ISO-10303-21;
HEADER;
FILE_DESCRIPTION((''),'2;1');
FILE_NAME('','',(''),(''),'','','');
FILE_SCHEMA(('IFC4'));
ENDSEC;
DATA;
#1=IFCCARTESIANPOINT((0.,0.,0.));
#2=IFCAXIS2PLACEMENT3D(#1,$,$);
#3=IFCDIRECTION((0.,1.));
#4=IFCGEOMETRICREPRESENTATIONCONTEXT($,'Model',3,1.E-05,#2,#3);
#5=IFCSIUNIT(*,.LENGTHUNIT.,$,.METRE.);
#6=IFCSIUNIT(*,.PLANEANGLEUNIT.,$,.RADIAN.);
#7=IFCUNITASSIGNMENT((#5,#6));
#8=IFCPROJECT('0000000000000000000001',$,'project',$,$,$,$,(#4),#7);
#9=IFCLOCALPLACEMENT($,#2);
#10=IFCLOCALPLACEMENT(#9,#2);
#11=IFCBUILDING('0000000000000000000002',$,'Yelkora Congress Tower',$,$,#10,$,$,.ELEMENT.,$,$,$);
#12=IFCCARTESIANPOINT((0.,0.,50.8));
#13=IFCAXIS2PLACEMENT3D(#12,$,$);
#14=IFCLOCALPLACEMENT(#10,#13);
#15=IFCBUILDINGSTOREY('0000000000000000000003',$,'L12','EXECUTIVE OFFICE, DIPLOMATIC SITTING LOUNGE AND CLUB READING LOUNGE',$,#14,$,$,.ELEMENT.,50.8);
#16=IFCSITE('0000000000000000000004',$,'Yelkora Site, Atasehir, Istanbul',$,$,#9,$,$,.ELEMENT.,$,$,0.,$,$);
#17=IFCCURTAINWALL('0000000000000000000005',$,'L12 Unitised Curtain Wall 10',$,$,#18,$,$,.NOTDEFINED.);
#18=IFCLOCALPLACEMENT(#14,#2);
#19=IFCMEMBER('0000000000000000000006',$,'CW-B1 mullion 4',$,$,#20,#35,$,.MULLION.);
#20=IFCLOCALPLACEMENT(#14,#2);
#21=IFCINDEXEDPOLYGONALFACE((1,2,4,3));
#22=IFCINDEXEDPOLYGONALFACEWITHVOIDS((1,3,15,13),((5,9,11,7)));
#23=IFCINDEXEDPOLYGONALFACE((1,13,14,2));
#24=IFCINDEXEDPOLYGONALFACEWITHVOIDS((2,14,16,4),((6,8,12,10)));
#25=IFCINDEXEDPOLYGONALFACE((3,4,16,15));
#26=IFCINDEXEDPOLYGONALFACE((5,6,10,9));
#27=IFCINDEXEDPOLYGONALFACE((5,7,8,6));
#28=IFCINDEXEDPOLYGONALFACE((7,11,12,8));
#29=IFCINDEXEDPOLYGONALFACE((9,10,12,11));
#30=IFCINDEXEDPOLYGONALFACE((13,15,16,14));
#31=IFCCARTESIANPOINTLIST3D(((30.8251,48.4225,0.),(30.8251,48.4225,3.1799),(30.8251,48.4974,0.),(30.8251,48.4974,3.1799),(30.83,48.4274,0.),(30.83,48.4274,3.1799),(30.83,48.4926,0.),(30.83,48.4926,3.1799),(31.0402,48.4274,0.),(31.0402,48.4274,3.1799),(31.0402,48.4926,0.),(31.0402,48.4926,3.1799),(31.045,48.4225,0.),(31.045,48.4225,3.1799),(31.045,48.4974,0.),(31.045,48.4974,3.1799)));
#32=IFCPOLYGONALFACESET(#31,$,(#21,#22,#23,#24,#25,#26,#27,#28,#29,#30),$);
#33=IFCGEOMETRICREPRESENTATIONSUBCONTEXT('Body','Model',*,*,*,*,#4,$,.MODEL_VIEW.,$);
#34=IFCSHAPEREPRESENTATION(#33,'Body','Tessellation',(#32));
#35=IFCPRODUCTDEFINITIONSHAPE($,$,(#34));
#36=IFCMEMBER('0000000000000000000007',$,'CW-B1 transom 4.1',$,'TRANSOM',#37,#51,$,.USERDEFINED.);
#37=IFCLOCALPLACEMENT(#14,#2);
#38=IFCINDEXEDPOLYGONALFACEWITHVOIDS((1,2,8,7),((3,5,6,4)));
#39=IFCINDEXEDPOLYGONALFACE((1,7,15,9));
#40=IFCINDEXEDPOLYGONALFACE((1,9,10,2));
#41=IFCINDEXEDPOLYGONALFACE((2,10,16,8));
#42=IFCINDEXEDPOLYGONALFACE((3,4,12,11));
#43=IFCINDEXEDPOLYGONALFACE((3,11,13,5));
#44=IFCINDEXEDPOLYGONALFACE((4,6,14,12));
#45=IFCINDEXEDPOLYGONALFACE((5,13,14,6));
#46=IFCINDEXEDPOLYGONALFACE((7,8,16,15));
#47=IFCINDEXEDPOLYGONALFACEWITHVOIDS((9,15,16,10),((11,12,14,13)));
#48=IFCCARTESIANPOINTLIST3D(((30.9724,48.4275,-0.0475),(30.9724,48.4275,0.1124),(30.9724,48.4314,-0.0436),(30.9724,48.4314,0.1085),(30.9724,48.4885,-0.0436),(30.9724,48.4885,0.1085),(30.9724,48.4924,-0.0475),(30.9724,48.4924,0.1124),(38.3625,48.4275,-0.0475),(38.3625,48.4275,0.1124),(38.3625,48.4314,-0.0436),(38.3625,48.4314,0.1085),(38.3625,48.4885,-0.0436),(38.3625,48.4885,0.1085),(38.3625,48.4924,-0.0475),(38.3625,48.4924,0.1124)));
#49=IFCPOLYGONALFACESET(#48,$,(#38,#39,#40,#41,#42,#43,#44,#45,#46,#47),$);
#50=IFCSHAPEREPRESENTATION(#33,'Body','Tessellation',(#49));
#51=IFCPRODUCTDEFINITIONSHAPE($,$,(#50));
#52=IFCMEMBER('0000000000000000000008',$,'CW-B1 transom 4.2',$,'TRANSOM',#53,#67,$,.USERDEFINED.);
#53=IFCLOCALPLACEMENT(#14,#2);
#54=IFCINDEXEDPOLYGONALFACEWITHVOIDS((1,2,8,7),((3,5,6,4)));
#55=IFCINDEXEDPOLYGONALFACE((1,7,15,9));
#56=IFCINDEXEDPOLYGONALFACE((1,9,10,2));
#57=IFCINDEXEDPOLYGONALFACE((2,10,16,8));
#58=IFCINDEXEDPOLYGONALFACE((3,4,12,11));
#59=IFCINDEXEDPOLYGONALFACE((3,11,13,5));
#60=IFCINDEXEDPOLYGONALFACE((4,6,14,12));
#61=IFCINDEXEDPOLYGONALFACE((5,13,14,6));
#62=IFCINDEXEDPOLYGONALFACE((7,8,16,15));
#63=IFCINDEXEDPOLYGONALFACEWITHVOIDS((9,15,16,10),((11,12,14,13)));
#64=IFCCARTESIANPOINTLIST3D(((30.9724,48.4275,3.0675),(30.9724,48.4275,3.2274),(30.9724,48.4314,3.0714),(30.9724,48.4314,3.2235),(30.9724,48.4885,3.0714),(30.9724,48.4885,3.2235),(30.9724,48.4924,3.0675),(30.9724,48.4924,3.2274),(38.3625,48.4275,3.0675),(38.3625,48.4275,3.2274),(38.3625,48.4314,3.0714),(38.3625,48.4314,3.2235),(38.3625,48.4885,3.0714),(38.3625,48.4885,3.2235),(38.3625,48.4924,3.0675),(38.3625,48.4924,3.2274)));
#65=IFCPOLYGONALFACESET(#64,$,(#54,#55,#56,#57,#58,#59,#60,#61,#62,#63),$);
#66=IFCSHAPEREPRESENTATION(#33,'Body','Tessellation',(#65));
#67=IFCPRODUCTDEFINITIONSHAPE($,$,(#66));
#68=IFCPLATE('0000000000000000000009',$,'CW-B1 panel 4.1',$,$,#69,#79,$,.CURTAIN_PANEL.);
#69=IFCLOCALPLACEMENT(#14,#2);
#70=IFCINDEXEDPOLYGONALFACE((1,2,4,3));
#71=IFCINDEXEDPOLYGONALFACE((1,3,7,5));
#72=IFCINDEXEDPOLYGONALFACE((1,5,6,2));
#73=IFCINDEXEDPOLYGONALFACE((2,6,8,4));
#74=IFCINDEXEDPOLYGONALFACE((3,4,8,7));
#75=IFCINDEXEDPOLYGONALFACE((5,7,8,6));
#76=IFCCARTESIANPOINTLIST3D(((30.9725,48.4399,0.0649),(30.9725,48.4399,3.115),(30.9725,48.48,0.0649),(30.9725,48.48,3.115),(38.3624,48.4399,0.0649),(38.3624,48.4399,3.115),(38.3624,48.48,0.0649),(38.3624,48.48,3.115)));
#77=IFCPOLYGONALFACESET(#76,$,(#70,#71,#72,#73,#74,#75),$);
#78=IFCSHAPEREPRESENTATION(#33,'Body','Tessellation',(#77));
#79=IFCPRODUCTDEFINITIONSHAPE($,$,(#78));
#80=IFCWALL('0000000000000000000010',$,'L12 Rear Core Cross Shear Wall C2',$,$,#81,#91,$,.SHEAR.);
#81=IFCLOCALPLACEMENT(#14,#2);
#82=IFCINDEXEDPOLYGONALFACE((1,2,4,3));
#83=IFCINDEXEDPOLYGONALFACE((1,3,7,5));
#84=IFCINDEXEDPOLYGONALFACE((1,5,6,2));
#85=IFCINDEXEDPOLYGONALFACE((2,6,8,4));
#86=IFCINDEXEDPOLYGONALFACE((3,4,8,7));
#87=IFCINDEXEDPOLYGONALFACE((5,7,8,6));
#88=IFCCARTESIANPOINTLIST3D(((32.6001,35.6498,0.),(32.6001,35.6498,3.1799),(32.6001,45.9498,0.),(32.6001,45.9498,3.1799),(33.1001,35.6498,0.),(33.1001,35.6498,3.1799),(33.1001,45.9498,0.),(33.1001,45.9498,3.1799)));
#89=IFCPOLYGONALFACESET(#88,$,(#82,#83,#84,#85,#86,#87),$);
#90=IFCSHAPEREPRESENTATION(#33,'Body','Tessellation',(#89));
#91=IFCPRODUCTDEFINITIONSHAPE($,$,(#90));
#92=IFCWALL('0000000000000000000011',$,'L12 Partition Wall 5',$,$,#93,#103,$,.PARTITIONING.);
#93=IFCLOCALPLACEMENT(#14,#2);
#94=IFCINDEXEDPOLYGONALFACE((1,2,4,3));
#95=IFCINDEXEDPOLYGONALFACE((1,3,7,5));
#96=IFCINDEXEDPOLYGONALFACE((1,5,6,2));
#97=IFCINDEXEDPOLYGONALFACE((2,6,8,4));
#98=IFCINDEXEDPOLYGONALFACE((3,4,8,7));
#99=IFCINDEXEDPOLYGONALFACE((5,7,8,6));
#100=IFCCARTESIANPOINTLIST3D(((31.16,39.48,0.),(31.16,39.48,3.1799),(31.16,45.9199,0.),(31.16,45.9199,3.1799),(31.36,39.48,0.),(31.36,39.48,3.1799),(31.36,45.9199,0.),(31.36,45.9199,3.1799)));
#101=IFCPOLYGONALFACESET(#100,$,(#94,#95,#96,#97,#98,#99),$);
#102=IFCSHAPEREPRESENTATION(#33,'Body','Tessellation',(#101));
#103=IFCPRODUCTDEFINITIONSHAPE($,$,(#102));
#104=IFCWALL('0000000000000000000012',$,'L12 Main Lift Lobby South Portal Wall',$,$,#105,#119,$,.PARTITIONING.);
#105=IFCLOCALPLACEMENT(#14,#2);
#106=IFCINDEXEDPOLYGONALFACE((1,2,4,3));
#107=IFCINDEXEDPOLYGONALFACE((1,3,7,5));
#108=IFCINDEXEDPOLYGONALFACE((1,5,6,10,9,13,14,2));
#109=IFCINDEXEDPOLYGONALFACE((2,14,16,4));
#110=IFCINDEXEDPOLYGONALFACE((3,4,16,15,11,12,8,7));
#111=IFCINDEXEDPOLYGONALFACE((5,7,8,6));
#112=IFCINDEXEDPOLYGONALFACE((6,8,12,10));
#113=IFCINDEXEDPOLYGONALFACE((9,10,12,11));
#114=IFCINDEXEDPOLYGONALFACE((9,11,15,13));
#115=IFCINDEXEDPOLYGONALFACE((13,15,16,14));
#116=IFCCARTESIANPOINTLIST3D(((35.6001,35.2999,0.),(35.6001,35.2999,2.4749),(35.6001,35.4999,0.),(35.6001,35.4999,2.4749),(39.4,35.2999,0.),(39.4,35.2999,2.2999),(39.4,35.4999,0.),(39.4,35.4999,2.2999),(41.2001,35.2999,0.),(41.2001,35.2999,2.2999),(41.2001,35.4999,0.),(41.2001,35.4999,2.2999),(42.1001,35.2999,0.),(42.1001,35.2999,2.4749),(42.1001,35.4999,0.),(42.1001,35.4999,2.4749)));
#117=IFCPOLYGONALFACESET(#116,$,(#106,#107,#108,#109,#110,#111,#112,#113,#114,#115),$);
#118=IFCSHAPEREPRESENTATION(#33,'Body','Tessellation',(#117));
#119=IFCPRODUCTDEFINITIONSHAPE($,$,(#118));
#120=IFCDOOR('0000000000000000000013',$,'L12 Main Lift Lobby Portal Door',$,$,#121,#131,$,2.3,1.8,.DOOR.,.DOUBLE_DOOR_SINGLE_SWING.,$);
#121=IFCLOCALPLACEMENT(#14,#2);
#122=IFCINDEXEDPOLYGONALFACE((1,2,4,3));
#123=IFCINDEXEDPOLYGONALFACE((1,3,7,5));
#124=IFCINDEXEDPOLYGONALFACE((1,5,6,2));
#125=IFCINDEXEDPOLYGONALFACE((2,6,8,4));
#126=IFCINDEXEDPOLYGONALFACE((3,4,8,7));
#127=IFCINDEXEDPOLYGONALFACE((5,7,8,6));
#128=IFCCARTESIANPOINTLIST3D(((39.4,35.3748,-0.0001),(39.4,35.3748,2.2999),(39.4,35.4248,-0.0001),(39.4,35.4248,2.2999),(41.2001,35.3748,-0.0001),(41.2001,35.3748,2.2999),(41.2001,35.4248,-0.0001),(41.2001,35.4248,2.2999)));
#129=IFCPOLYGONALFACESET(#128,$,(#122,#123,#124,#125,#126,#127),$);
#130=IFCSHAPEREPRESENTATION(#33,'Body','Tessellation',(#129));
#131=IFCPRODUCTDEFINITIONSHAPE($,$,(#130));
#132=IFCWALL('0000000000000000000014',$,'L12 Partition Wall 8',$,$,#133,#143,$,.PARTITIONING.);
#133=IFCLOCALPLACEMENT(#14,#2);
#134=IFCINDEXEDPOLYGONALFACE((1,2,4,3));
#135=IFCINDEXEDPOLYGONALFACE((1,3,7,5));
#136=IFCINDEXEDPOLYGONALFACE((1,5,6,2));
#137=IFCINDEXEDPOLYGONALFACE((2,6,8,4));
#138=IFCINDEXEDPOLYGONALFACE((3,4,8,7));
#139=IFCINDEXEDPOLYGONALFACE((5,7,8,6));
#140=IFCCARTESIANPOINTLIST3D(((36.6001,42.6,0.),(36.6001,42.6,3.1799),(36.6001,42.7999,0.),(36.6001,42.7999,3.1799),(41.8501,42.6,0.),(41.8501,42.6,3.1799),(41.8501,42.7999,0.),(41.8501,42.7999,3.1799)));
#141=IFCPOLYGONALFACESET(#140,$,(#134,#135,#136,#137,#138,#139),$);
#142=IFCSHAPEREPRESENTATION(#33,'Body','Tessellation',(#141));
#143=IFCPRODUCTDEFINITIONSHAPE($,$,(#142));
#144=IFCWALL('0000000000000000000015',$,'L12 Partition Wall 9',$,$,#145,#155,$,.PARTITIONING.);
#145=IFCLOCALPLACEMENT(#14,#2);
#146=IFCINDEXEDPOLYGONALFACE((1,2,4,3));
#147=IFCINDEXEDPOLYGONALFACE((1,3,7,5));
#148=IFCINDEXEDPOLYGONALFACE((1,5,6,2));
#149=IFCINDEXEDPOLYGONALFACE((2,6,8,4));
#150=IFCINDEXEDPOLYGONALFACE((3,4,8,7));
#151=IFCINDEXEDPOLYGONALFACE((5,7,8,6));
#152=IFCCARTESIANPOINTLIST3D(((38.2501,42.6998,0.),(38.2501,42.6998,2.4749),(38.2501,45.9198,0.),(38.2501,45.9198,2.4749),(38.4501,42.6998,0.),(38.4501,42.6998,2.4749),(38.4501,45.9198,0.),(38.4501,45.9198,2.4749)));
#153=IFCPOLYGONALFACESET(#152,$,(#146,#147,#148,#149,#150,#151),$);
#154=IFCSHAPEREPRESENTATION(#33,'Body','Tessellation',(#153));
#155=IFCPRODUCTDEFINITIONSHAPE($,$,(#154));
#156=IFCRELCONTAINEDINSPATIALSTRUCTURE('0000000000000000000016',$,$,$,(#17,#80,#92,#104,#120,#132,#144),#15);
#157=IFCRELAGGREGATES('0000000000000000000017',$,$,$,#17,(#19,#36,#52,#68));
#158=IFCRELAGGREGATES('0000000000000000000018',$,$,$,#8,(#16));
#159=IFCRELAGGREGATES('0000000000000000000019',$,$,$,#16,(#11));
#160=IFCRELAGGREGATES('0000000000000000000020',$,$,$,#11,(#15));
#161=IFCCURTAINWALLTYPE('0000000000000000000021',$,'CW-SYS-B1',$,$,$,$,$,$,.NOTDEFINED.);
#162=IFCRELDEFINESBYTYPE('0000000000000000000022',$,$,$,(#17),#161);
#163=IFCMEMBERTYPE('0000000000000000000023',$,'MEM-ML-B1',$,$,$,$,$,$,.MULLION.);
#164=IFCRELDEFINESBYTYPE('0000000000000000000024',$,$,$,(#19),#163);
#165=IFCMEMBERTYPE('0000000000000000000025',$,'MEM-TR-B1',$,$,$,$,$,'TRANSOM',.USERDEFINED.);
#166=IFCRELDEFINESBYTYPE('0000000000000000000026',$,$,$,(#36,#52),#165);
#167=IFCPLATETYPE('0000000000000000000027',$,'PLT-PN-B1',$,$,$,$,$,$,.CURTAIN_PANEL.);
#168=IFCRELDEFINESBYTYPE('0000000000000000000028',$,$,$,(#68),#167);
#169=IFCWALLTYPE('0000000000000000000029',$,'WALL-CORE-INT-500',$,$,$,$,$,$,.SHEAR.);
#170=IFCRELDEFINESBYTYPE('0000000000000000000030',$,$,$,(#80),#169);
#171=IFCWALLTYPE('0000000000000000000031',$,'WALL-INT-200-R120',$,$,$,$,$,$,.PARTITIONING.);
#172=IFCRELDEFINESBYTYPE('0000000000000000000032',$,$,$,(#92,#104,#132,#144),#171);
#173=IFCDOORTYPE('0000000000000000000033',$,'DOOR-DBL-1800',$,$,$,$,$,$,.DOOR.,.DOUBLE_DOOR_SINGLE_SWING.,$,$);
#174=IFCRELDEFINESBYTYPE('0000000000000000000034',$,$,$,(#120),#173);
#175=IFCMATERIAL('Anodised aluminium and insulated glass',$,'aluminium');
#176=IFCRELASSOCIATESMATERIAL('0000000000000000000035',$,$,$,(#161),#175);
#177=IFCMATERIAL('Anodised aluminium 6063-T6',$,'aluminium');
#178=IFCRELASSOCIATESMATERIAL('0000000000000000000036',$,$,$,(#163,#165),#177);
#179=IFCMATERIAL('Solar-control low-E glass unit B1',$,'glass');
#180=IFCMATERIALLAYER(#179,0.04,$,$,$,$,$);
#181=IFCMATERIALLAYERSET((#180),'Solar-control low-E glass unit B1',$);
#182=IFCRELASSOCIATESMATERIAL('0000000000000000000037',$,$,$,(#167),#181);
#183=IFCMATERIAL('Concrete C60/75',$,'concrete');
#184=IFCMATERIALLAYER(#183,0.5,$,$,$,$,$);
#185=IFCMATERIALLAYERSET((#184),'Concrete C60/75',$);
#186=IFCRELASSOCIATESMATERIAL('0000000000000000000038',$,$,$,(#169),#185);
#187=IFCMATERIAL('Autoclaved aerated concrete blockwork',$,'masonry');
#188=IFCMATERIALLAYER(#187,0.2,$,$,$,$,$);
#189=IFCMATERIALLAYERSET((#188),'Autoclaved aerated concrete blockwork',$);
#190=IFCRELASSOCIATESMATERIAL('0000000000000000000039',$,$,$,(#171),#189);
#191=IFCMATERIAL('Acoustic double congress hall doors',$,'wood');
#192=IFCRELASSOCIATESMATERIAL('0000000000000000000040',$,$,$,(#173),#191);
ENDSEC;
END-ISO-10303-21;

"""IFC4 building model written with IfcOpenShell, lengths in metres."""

from ifc_helpers import new_model, si_unit, direction, frame, frame_2d, origin, origin_2d, place, context, subcontext, project, spatial, rectangle, hollow_rectangle, extrude, material, layer, layer_set, material_profile, profile_set, type_object, element, fill, aggregate, save


model = new_model("IFC4")

# Units and contexts
model_context = context("Model", 3, precision=1e-05, world=origin(), true_north=direction((0.0, 1.0)))
body_context = subcontext(model_context, "Body", "Model", "MODEL_VIEW")
ifc_project = project(units=[si_unit("LENGTHUNIT", "METRE"), si_unit("PLANEANGLEUNIT", "RADIAN")], contexts=[model_context])

# Site, building, storey
site_placement = place(None, origin())
site = spatial("IfcSite", under=ifc_project, at=site_placement, Name="Yelkora Site, Atasehir, Istanbul", CompositionType="ELEMENT", RefElevation=0.0)
building_placement = place(site_placement, origin())
building = spatial("IfcBuilding", under=site, at=building_placement, Name="Yelkora Congress Tower", CompositionType="ELEMENT")
storey_placement = place(building_placement, frame((0.0, 0.0, 50.8)))
storey = spatial("IfcBuildingStorey", under=building, at=storey_placement, Name="L12", Description="EXECUTIVE OFFICE, DIPLOMATIC SITTING LOUNGE AND CLUB READING LOUNGE", CompositionType="ELEMENT", Elevation=50.8)

# Shared definitions
ifc_material_1 = material(Name="Concrete C60/75", Category="concrete")

# Curtain wall, members, plate
ifc_material_2 = material(Name="Anodised aluminium and insulated glass", Category="aluminium")
curtain_wall_type = type_object("IfcCurtainWallType", Name="CW-SYS-B1", PredefinedType="NOTDEFINED", material=ifc_material_2)
curtain_wall_placement = place(storey_placement, origin())
curtain_wall = element("IfcCurtainWall", 1, at=curtain_wall_placement, inside=storey, type_object=curtain_wall_type, Name="L12 Unitised Curtain Wall 10", PredefinedType="NOTDEFINED")
ifc_material_3 = material(Name="Anodised aluminium 6063-T6", Category="aluminium")
ifc_material_profile_1 = material_profile(ifc_material_3, hollow_rectangle(XDim=0.075, YDim=0.22, WallThickness=0.0049, at=origin_2d()), Name="ALU 75x220x5")
ifc_profile_set_1 = profile_set([ifc_material_profile_1], Name="Anodised aluminium 6063-T6")
member_type_1 = type_object("IfcMemberType", Name="MEM-ML-B1", PredefinedType="MULLION", material=ifc_profile_set_1)
member_1_placement = place(storey_placement, frame((30.9351, 48.46, 0.0), z_axis=(0.0, 0.0, 1.0), x_axis=(0.0, 1.0, 0.0)))
member_1 = element("IfcMember", 2, at=member_1_placement, type_object=member_type_1, Name="CW-B1 mullion 4", PredefinedType="MULLION", context=body_context, shape_type="SweptSolid", body=[
    extrude(hollow_rectangle(XDim=0.075, YDim=0.22, WallThickness=0.0049, at=origin_2d()), origin(), (0.0, 0.0, 1.0), 3.1799),
])
ifc_material_profile_2 = material_profile(ifc_material_3, hollow_rectangle(XDim=0.0649, YDim=0.1599, WallThickness=0.0039, at=origin_2d()), Name="ALU 65x160x4")
ifc_profile_set_2 = profile_set([ifc_material_profile_2], Name="Anodised aluminium 6063-T6")
member_type_2 = type_object("IfcMemberType", Name="MEM-TR-B1", ElementType="TRANSOM", PredefinedType="USERDEFINED", material=ifc_profile_set_2)
member_2_placement = place(storey_placement, frame((30.9724, 48.46, 0.0325), z_axis=(1.0, 0.0, 0.0), x_axis=(0.0, 1.0, 0.0)))
member_2 = element("IfcMember", 3, at=member_2_placement, type_object=member_type_2, Name="CW-B1 transom 4.1", ObjectType="TRANSOM", PredefinedType="USERDEFINED", context=body_context, shape_type="SweptSolid", body=[
    extrude(hollow_rectangle(XDim=0.0649, YDim=0.1599, WallThickness=0.0039, at=origin_2d()), origin(), (0.0, 0.0, 1.0), 7.3901),
])
member_3_placement = place(storey_placement, frame((30.9724, 48.46, 3.1475), z_axis=(1.0, 0.0, 0.0), x_axis=(0.0, 1.0, 0.0)))
member_3 = element("IfcMember", 4, at=member_3_placement, type_object=member_type_2, Name="CW-B1 transom 4.2", ObjectType="TRANSOM", PredefinedType="USERDEFINED", context=body_context, shape_type="SweptSolid", body=[
    extrude(hollow_rectangle(XDim=0.0649, YDim=0.1599, WallThickness=0.0039, at=origin_2d()), origin(), (0.0, 0.0, 1.0), 7.3901),
])
ifc_material_4 = material(Name="Solar-control low-E glass unit B1", Category="glass")
ifc_layer_1 = layer(ifc_material_4, 0.04)
ifc_layer_set_1 = layer_set([ifc_layer_1], Name="Solar-control low-E glass unit B1")
plate_type = type_object("IfcPlateType", Name="PLT-PN-B1", PredefinedType="CURTAIN_PANEL", material=ifc_layer_set_1)
plate_placement = place(storey_placement, frame((34.6675, 48.46, 0.0649), z_axis=(0.0, 0.0, 1.0), x_axis=(1.0, 0.0, 0.0)))
plate = element("IfcPlate", 5, at=plate_placement, type_object=plate_type, Name="CW-B1 panel 4.1", PredefinedType="CURTAIN_PANEL", context=body_context, shape_type="SweptSolid", body=[
    extrude(rectangle(XDim=7.3899, YDim=0.04, at=origin_2d()), origin(), (0.0, 0.0, 1.0), 3.05),
])
aggregate(curtain_wall, [member_1, member_2, member_3, plate])

# Walls
ifc_layer_2 = layer(ifc_material_1, 0.5)
ifc_layer_set_2 = layer_set([ifc_layer_2], Name="Concrete C60/75")
wall_type_1 = type_object("IfcWallType", Name="WALL-CORE-INT-500", PredefinedType="SHEAR", material=ifc_layer_set_2)
wall_1_placement = place(storey_placement, frame((32.8501, 35.6499, 0.0), z_axis=(0.0, 0.0, 1.0), x_axis=(0.0, 1.0, 0.0)))
element("IfcWall", 6, at=wall_1_placement, inside=storey, type_object=wall_type_1, Name="L12 Rear Core Cross Shear Wall C2", PredefinedType="SHEAR", context=body_context, shape_type="SweptSolid", body=[
    extrude(rectangle(XDim=10.3, YDim=0.5, at=frame_2d((5.1499, 0.0))), origin(), (0.0, 0.0, 1.0), 3.1799),
])
ifc_material_5 = material(Name="Autoclaved aerated concrete blockwork", Category="masonry")
ifc_layer_3 = layer(ifc_material_5, 0.2)
ifc_layer_set_3 = layer_set([ifc_layer_3], Name="Autoclaved aerated concrete blockwork")
wall_type_2 = type_object("IfcWallType", Name="WALL-INT-200-R120", PredefinedType="PARTITIONING", material=ifc_layer_set_3)
wall_2_placement = place(storey_placement, frame((31.26, 39.48, 0.0), z_axis=(0.0, 0.0, 1.0), x_axis=(0.0, 1.0, 0.0)))
element("IfcWall", 7, at=wall_2_placement, inside=storey, type_object=wall_type_2, Name="L12 Partition Wall 5", PredefinedType="PARTITIONING", context=body_context, shape_type="SweptSolid", body=[
    extrude(rectangle(XDim=6.4399, YDim=0.2, at=frame_2d((3.22, 0.0))), origin(), (0.0, 0.0, 1.0), 3.1799),
])

# Wall, opening, door
wall_3_placement = place(storey_placement, frame((35.6001, 35.3999, 0.0), z_axis=(0.0, 0.0, 1.0), x_axis=(1.0, 0.0, 0.0)))
wall_3 = element("IfcWall", 8, at=wall_3_placement, inside=storey, type_object=wall_type_2, Name="L12 Main Lift Lobby South Portal Wall", PredefinedType="PARTITIONING", context=body_context, shape_type="SweptSolid", body=[
    extrude(rectangle(XDim=6.5, YDim=0.2, at=frame_2d((3.25, 0.0))), origin(), (0.0, 0.0, 1.0), 2.4749),
])
opening_1_placement = place(wall_3_placement, frame((3.8, 0.0, 0.0)))
opening_1 = element("IfcOpeningElement", 9, at=opening_1_placement, cuts=wall_3, PredefinedType="OPENING", context=body_context, shape_type="SweptSolid", body=[
    extrude(rectangle(XDim=1.8, YDim=2.3, at=frame_2d((0.8999, 1.1499))), frame((0.0, 0.1099, 0.0), z_axis=(0.0, -1.0, 0.0), x_axis=(1.0, 0.0, 0.0)), (0.0, 0.0, 1.0), 0.22),
])
ifc_material_6 = material(Name="Acoustic double congress hall doors", Category="wood")
door_type_1 = type_object("IfcDoorType", Name="DOOR-DBL-1800", OperationType="DOUBLE_DOOR_SINGLE_SWING", PredefinedType="DOOR", material=ifc_material_6)
door_1_placement = place(opening_1_placement, origin())
door_1 = element("IfcDoor", 10, at=door_1_placement, inside=storey, type_object=door_type_1, Name="L12 Main Lift Lobby Portal Door", OperationType="DOUBLE_DOOR_SINGLE_SWING", OverallHeight=2.3, OverallWidth=1.8, PredefinedType="DOOR", context=body_context, shape_type="SweptSolid", body=[
    extrude(rectangle(XDim=1.8, YDim=2.3, at=frame_2d((0.8999, 1.1499))), frame((0.0, 0.0249, 0.0), z_axis=(0.0, -1.0, 0.0), x_axis=(1.0, 0.0, 0.0)), (0.0, 0.0, 1.0), 0.05),
])
fill(opening_1, door_1)

# Walls
wall_4_placement = place(storey_placement, frame((36.6001, 42.7, 0.0), z_axis=(0.0, 0.0, 1.0), x_axis=(1.0, 0.0, 0.0)))
element("IfcWall", 11, at=wall_4_placement, inside=storey, type_object=wall_type_2, Name="L12 Partition Wall 8", PredefinedType="PARTITIONING", context=body_context, shape_type="SweptSolid", body=[
    extrude(rectangle(XDim=5.25, YDim=0.2, at=frame_2d((2.625, 0.0))), origin(), (0.0, 0.0, 1.0), 3.1799),
])
wall_5_placement = place(storey_placement, frame((38.3501, 42.7, 0.0), z_axis=(0.0, 0.0, 1.0), x_axis=(0.0, 1.0, 0.0)))
element("IfcWall", 12, at=wall_5_placement, inside=storey, type_object=wall_type_2, Name="L12 Partition Wall 9", PredefinedType="PARTITIONING", context=body_context, shape_type="SweptSolid", body=[
    extrude(rectangle(XDim=3.22, YDim=0.2, at=frame_2d((1.6099, 0.0))), origin(), (0.0, 0.0, 1.0), 2.4749),
])

save(model, "model.ifc")
